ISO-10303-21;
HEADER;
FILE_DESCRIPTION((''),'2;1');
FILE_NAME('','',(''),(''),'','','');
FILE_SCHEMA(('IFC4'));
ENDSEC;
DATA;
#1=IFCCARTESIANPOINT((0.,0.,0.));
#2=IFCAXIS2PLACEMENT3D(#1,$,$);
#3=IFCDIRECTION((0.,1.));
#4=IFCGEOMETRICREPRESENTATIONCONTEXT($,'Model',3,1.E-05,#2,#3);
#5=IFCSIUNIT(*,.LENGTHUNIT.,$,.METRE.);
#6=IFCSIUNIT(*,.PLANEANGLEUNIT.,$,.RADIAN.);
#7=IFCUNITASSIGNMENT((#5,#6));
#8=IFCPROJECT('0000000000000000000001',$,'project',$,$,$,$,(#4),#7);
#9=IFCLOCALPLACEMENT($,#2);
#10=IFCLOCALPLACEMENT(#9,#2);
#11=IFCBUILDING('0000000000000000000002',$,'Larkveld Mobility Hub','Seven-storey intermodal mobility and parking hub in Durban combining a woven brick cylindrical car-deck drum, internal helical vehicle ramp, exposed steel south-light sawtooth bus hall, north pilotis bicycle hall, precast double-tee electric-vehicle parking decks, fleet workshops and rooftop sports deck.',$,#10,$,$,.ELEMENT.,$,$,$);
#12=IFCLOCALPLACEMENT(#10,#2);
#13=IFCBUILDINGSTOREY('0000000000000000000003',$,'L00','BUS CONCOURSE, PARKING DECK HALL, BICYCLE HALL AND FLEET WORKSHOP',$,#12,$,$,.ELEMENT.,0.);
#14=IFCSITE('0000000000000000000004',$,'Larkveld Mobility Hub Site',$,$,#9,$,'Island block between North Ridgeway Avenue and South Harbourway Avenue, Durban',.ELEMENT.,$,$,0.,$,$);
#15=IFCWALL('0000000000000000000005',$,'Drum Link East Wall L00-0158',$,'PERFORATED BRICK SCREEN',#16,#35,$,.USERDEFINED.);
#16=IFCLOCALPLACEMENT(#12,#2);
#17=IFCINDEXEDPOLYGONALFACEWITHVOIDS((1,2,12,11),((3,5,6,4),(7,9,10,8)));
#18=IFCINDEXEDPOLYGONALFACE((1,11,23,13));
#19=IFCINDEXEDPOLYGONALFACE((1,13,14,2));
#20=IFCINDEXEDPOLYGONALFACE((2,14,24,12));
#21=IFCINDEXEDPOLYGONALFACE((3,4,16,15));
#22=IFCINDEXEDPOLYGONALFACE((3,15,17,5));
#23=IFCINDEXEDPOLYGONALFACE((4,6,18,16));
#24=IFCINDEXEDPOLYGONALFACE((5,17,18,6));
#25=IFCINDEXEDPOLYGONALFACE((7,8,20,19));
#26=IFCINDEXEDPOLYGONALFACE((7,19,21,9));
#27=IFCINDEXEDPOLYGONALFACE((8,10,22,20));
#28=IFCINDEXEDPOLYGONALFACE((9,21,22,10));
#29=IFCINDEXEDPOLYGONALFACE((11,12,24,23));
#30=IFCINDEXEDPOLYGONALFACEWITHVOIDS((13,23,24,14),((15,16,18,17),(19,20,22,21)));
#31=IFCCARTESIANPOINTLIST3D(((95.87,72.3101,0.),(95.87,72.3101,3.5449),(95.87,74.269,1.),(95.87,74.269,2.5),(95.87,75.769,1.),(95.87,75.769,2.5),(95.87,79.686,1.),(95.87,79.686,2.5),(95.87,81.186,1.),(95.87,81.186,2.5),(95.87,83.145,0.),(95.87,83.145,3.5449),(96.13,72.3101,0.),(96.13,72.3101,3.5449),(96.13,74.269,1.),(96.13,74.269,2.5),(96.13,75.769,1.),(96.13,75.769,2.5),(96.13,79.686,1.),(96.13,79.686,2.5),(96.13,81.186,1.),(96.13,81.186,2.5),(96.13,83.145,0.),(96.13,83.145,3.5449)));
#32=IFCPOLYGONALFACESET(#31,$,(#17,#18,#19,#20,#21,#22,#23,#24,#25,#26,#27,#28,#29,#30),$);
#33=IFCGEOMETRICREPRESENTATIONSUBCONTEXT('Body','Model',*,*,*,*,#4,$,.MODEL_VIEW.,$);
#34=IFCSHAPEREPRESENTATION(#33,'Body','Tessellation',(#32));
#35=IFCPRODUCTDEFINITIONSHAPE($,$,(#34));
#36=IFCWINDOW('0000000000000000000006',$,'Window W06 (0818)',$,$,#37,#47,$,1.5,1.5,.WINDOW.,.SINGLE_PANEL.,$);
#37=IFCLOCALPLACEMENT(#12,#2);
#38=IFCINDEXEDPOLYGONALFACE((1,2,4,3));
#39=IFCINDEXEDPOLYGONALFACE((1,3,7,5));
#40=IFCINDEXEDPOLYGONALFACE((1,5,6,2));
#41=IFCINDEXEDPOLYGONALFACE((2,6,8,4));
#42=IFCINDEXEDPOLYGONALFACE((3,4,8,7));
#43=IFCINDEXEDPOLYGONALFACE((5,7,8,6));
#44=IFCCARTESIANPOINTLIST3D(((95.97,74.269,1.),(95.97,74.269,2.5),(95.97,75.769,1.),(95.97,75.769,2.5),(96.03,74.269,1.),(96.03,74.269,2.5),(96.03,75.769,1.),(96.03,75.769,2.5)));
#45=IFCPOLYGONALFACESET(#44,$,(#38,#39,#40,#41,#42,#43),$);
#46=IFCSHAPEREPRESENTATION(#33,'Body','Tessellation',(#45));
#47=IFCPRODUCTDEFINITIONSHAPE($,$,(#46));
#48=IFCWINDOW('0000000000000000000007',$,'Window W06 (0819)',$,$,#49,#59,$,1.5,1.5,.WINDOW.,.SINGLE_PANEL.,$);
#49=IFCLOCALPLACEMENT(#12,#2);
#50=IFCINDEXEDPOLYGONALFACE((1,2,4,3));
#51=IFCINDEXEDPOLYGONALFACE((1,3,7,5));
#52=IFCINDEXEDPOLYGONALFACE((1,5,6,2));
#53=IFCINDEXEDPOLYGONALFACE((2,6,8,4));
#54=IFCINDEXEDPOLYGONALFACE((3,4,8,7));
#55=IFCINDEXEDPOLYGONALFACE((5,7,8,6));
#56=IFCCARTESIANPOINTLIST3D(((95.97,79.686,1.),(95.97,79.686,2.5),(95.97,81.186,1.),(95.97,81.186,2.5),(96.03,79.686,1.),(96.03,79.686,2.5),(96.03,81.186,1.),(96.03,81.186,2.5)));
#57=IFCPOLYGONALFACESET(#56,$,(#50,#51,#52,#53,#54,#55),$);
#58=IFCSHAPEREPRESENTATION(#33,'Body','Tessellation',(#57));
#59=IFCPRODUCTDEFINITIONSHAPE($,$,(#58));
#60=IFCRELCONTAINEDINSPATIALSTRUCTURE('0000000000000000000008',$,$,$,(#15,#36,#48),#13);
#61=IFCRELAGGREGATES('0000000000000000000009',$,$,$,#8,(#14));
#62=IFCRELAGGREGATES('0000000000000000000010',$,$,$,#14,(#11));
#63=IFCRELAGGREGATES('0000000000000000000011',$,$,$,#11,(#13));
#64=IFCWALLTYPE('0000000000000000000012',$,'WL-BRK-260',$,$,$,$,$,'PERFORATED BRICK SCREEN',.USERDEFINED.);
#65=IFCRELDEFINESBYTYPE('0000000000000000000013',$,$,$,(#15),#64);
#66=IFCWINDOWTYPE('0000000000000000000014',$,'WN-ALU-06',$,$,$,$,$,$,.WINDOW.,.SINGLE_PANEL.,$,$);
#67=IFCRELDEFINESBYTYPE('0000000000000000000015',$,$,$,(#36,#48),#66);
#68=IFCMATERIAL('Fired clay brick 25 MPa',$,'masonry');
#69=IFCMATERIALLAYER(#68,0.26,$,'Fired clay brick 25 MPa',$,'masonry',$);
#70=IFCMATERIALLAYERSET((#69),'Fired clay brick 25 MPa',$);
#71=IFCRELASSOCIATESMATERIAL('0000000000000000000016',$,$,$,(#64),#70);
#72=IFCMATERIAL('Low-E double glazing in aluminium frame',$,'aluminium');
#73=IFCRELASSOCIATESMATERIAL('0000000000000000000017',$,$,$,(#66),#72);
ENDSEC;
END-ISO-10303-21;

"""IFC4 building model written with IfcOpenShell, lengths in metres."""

from ifc_helpers import new_model, si_unit, direction, frame, frame_2d, origin, place, context, subcontext, project, spatial, rectangle, extrude, material, layer, layer_set, type_object, element, fill, save


model = new_model("IFC4")

# Units and contexts
model_context = context("Model", 3, precision=1e-05, world=origin(), true_north=direction((0.0, 1.0)))
body_context = subcontext(model_context, "Body", "Model", "MODEL_VIEW")
ifc_project = project(units=[si_unit("LENGTHUNIT", "METRE"), si_unit("PLANEANGLEUNIT", "RADIAN")], contexts=[model_context])

# Site, building, storey
site_placement = place(None, origin())
site = spatial("IfcSite", under=ifc_project, at=site_placement, Name="Larkveld Mobility Hub Site", LongName="Island block between North Ridgeway Avenue and South Harbourway Avenue, Durban", CompositionType="ELEMENT", RefElevation=0.0)
building_placement = place(site_placement, origin())
building = spatial("IfcBuilding", under=site, at=building_placement, Name="Larkveld Mobility Hub", Description="Seven-storey intermodal mobility and parking hub in Durban combining a woven brick cylindrical car-deck drum, internal helical vehicle ramp, exposed steel south-light sawtooth bus hall, north pilotis bicycle hall, precast double-tee electric-vehicle parking decks, fleet workshops and rooftop sports deck.", CompositionType="ELEMENT")
storey_placement = place(building_placement, origin())
storey = spatial("IfcBuildingStorey", under=building, at=storey_placement, Name="L00", Description="BUS CONCOURSE, PARKING DECK HALL, BICYCLE HALL AND FLEET WORKSHOP", CompositionType="ELEMENT", Elevation=0.0)

# Wall, openings, windows
ifc_material_1 = material(Name="Fired clay brick 25 MPa", Category="masonry")
ifc_layer = layer(ifc_material_1, 0.26, Name="Fired clay brick 25 MPa", Category="masonry")
ifc_layer_set = layer_set([ifc_layer], Name="Fired clay brick 25 MPa")
wall_type = type_object("IfcWallType", Name="WL-BRK-260", ElementType="PERFORATED BRICK SCREEN", PredefinedType="USERDEFINED", material=ifc_layer_set)
wall_placement = place(storey_placement, frame((96.0, 72.3101, 0.0), z_axis=(0.0, 0.0, 1.0), x_axis=(0.0, 1.0, 0.0)))
wall = element("IfcWall", 1, at=wall_placement, inside=storey, type_object=wall_type, Name="Drum Link East Wall L00-0158", ObjectType="PERFORATED BRICK SCREEN", PredefinedType="USERDEFINED", context=body_context, shape_type="SweptSolid", body=[
    extrude(rectangle(XDim=10.835, YDim=0.26, at=frame_2d((5.4175, 0.0))), origin(), (0.0, 0.0, 1.0), 3.5449),
])
opening_1_placement = place(wall_placement, frame((1.959, 0.0, 1.0)))
opening_1 = element("IfcOpeningElement", 2, at=opening_1_placement, cuts=wall, PredefinedType="OPENING", context=body_context, shape_type="SweptSolid", body=[
    extrude(rectangle(XDim=1.5, YDim=1.5, at=frame_2d((0.75, 0.75))), frame((0.0, 0.1401, 0.0), z_axis=(0.0, -1.0, 0.0), x_axis=(1.0, 0.0, 0.0)), (0.0, 0.0, 1.0), 0.28),
])
opening_2_placement = place(wall_placement, frame((7.376, 0.0, 1.0)))
opening_2 = element("IfcOpeningElement", 3, at=opening_2_placement, cuts=wall, PredefinedType="OPENING", context=body_context, shape_type="SweptSolid", body=[
    extrude(rectangle(XDim=1.5, YDim=1.5, at=frame_2d((0.75, 0.75))), frame((0.0, 0.1401, 0.0), z_axis=(0.0, -1.0, 0.0), x_axis=(1.0, 0.0, 0.0)), (0.0, 0.0, 1.0), 0.28),
])
ifc_material_2 = material(Name="Low-E double glazing in aluminium frame", Category="aluminium")
window_type = type_object("IfcWindowType", Name="WN-ALU-06", PartitioningType="SINGLE_PANEL", PredefinedType="WINDOW", material=ifc_material_2)
window_1_placement = place(opening_1_placement, origin())
window_1 = element("IfcWindow", 4, at=window_1_placement, inside=storey, type_object=window_type, Name="Window W06 (0818)", OverallHeight=1.5, OverallWidth=1.5, PartitioningType="SINGLE_PANEL", PredefinedType="WINDOW", context=body_context, shape_type="SweptSolid", body=[
    extrude(rectangle(XDim=1.5, YDim=1.5, at=frame_2d((0.75, 0.75))), frame((0.0, 0.03, 0.0), z_axis=(0.0, -1.0, 0.0), x_axis=(1.0, 0.0, 0.0)), (0.0, 0.0, 1.0), 0.0601),
])
fill(opening_1, window_1)
window_2_placement = place(opening_2_placement, origin())
window_2 = element("IfcWindow", 5, at=window_2_placement, inside=storey, type_object=window_type, Name="Window W06 (0819)", OverallHeight=1.5, OverallWidth=1.5, PartitioningType="SINGLE_PANEL", PredefinedType="WINDOW", context=body_context, shape_type="SweptSolid", body=[
    extrude(rectangle(XDim=1.5, YDim=1.5, at=frame_2d((0.75, 0.75))), frame((0.0, 0.03, 0.0), z_axis=(0.0, -1.0, 0.0), x_axis=(1.0, 0.0, 0.0)), (0.0, 0.0, 1.0), 0.0601),
])
fill(opening_2, window_2)

save(model, "model.ifc")
